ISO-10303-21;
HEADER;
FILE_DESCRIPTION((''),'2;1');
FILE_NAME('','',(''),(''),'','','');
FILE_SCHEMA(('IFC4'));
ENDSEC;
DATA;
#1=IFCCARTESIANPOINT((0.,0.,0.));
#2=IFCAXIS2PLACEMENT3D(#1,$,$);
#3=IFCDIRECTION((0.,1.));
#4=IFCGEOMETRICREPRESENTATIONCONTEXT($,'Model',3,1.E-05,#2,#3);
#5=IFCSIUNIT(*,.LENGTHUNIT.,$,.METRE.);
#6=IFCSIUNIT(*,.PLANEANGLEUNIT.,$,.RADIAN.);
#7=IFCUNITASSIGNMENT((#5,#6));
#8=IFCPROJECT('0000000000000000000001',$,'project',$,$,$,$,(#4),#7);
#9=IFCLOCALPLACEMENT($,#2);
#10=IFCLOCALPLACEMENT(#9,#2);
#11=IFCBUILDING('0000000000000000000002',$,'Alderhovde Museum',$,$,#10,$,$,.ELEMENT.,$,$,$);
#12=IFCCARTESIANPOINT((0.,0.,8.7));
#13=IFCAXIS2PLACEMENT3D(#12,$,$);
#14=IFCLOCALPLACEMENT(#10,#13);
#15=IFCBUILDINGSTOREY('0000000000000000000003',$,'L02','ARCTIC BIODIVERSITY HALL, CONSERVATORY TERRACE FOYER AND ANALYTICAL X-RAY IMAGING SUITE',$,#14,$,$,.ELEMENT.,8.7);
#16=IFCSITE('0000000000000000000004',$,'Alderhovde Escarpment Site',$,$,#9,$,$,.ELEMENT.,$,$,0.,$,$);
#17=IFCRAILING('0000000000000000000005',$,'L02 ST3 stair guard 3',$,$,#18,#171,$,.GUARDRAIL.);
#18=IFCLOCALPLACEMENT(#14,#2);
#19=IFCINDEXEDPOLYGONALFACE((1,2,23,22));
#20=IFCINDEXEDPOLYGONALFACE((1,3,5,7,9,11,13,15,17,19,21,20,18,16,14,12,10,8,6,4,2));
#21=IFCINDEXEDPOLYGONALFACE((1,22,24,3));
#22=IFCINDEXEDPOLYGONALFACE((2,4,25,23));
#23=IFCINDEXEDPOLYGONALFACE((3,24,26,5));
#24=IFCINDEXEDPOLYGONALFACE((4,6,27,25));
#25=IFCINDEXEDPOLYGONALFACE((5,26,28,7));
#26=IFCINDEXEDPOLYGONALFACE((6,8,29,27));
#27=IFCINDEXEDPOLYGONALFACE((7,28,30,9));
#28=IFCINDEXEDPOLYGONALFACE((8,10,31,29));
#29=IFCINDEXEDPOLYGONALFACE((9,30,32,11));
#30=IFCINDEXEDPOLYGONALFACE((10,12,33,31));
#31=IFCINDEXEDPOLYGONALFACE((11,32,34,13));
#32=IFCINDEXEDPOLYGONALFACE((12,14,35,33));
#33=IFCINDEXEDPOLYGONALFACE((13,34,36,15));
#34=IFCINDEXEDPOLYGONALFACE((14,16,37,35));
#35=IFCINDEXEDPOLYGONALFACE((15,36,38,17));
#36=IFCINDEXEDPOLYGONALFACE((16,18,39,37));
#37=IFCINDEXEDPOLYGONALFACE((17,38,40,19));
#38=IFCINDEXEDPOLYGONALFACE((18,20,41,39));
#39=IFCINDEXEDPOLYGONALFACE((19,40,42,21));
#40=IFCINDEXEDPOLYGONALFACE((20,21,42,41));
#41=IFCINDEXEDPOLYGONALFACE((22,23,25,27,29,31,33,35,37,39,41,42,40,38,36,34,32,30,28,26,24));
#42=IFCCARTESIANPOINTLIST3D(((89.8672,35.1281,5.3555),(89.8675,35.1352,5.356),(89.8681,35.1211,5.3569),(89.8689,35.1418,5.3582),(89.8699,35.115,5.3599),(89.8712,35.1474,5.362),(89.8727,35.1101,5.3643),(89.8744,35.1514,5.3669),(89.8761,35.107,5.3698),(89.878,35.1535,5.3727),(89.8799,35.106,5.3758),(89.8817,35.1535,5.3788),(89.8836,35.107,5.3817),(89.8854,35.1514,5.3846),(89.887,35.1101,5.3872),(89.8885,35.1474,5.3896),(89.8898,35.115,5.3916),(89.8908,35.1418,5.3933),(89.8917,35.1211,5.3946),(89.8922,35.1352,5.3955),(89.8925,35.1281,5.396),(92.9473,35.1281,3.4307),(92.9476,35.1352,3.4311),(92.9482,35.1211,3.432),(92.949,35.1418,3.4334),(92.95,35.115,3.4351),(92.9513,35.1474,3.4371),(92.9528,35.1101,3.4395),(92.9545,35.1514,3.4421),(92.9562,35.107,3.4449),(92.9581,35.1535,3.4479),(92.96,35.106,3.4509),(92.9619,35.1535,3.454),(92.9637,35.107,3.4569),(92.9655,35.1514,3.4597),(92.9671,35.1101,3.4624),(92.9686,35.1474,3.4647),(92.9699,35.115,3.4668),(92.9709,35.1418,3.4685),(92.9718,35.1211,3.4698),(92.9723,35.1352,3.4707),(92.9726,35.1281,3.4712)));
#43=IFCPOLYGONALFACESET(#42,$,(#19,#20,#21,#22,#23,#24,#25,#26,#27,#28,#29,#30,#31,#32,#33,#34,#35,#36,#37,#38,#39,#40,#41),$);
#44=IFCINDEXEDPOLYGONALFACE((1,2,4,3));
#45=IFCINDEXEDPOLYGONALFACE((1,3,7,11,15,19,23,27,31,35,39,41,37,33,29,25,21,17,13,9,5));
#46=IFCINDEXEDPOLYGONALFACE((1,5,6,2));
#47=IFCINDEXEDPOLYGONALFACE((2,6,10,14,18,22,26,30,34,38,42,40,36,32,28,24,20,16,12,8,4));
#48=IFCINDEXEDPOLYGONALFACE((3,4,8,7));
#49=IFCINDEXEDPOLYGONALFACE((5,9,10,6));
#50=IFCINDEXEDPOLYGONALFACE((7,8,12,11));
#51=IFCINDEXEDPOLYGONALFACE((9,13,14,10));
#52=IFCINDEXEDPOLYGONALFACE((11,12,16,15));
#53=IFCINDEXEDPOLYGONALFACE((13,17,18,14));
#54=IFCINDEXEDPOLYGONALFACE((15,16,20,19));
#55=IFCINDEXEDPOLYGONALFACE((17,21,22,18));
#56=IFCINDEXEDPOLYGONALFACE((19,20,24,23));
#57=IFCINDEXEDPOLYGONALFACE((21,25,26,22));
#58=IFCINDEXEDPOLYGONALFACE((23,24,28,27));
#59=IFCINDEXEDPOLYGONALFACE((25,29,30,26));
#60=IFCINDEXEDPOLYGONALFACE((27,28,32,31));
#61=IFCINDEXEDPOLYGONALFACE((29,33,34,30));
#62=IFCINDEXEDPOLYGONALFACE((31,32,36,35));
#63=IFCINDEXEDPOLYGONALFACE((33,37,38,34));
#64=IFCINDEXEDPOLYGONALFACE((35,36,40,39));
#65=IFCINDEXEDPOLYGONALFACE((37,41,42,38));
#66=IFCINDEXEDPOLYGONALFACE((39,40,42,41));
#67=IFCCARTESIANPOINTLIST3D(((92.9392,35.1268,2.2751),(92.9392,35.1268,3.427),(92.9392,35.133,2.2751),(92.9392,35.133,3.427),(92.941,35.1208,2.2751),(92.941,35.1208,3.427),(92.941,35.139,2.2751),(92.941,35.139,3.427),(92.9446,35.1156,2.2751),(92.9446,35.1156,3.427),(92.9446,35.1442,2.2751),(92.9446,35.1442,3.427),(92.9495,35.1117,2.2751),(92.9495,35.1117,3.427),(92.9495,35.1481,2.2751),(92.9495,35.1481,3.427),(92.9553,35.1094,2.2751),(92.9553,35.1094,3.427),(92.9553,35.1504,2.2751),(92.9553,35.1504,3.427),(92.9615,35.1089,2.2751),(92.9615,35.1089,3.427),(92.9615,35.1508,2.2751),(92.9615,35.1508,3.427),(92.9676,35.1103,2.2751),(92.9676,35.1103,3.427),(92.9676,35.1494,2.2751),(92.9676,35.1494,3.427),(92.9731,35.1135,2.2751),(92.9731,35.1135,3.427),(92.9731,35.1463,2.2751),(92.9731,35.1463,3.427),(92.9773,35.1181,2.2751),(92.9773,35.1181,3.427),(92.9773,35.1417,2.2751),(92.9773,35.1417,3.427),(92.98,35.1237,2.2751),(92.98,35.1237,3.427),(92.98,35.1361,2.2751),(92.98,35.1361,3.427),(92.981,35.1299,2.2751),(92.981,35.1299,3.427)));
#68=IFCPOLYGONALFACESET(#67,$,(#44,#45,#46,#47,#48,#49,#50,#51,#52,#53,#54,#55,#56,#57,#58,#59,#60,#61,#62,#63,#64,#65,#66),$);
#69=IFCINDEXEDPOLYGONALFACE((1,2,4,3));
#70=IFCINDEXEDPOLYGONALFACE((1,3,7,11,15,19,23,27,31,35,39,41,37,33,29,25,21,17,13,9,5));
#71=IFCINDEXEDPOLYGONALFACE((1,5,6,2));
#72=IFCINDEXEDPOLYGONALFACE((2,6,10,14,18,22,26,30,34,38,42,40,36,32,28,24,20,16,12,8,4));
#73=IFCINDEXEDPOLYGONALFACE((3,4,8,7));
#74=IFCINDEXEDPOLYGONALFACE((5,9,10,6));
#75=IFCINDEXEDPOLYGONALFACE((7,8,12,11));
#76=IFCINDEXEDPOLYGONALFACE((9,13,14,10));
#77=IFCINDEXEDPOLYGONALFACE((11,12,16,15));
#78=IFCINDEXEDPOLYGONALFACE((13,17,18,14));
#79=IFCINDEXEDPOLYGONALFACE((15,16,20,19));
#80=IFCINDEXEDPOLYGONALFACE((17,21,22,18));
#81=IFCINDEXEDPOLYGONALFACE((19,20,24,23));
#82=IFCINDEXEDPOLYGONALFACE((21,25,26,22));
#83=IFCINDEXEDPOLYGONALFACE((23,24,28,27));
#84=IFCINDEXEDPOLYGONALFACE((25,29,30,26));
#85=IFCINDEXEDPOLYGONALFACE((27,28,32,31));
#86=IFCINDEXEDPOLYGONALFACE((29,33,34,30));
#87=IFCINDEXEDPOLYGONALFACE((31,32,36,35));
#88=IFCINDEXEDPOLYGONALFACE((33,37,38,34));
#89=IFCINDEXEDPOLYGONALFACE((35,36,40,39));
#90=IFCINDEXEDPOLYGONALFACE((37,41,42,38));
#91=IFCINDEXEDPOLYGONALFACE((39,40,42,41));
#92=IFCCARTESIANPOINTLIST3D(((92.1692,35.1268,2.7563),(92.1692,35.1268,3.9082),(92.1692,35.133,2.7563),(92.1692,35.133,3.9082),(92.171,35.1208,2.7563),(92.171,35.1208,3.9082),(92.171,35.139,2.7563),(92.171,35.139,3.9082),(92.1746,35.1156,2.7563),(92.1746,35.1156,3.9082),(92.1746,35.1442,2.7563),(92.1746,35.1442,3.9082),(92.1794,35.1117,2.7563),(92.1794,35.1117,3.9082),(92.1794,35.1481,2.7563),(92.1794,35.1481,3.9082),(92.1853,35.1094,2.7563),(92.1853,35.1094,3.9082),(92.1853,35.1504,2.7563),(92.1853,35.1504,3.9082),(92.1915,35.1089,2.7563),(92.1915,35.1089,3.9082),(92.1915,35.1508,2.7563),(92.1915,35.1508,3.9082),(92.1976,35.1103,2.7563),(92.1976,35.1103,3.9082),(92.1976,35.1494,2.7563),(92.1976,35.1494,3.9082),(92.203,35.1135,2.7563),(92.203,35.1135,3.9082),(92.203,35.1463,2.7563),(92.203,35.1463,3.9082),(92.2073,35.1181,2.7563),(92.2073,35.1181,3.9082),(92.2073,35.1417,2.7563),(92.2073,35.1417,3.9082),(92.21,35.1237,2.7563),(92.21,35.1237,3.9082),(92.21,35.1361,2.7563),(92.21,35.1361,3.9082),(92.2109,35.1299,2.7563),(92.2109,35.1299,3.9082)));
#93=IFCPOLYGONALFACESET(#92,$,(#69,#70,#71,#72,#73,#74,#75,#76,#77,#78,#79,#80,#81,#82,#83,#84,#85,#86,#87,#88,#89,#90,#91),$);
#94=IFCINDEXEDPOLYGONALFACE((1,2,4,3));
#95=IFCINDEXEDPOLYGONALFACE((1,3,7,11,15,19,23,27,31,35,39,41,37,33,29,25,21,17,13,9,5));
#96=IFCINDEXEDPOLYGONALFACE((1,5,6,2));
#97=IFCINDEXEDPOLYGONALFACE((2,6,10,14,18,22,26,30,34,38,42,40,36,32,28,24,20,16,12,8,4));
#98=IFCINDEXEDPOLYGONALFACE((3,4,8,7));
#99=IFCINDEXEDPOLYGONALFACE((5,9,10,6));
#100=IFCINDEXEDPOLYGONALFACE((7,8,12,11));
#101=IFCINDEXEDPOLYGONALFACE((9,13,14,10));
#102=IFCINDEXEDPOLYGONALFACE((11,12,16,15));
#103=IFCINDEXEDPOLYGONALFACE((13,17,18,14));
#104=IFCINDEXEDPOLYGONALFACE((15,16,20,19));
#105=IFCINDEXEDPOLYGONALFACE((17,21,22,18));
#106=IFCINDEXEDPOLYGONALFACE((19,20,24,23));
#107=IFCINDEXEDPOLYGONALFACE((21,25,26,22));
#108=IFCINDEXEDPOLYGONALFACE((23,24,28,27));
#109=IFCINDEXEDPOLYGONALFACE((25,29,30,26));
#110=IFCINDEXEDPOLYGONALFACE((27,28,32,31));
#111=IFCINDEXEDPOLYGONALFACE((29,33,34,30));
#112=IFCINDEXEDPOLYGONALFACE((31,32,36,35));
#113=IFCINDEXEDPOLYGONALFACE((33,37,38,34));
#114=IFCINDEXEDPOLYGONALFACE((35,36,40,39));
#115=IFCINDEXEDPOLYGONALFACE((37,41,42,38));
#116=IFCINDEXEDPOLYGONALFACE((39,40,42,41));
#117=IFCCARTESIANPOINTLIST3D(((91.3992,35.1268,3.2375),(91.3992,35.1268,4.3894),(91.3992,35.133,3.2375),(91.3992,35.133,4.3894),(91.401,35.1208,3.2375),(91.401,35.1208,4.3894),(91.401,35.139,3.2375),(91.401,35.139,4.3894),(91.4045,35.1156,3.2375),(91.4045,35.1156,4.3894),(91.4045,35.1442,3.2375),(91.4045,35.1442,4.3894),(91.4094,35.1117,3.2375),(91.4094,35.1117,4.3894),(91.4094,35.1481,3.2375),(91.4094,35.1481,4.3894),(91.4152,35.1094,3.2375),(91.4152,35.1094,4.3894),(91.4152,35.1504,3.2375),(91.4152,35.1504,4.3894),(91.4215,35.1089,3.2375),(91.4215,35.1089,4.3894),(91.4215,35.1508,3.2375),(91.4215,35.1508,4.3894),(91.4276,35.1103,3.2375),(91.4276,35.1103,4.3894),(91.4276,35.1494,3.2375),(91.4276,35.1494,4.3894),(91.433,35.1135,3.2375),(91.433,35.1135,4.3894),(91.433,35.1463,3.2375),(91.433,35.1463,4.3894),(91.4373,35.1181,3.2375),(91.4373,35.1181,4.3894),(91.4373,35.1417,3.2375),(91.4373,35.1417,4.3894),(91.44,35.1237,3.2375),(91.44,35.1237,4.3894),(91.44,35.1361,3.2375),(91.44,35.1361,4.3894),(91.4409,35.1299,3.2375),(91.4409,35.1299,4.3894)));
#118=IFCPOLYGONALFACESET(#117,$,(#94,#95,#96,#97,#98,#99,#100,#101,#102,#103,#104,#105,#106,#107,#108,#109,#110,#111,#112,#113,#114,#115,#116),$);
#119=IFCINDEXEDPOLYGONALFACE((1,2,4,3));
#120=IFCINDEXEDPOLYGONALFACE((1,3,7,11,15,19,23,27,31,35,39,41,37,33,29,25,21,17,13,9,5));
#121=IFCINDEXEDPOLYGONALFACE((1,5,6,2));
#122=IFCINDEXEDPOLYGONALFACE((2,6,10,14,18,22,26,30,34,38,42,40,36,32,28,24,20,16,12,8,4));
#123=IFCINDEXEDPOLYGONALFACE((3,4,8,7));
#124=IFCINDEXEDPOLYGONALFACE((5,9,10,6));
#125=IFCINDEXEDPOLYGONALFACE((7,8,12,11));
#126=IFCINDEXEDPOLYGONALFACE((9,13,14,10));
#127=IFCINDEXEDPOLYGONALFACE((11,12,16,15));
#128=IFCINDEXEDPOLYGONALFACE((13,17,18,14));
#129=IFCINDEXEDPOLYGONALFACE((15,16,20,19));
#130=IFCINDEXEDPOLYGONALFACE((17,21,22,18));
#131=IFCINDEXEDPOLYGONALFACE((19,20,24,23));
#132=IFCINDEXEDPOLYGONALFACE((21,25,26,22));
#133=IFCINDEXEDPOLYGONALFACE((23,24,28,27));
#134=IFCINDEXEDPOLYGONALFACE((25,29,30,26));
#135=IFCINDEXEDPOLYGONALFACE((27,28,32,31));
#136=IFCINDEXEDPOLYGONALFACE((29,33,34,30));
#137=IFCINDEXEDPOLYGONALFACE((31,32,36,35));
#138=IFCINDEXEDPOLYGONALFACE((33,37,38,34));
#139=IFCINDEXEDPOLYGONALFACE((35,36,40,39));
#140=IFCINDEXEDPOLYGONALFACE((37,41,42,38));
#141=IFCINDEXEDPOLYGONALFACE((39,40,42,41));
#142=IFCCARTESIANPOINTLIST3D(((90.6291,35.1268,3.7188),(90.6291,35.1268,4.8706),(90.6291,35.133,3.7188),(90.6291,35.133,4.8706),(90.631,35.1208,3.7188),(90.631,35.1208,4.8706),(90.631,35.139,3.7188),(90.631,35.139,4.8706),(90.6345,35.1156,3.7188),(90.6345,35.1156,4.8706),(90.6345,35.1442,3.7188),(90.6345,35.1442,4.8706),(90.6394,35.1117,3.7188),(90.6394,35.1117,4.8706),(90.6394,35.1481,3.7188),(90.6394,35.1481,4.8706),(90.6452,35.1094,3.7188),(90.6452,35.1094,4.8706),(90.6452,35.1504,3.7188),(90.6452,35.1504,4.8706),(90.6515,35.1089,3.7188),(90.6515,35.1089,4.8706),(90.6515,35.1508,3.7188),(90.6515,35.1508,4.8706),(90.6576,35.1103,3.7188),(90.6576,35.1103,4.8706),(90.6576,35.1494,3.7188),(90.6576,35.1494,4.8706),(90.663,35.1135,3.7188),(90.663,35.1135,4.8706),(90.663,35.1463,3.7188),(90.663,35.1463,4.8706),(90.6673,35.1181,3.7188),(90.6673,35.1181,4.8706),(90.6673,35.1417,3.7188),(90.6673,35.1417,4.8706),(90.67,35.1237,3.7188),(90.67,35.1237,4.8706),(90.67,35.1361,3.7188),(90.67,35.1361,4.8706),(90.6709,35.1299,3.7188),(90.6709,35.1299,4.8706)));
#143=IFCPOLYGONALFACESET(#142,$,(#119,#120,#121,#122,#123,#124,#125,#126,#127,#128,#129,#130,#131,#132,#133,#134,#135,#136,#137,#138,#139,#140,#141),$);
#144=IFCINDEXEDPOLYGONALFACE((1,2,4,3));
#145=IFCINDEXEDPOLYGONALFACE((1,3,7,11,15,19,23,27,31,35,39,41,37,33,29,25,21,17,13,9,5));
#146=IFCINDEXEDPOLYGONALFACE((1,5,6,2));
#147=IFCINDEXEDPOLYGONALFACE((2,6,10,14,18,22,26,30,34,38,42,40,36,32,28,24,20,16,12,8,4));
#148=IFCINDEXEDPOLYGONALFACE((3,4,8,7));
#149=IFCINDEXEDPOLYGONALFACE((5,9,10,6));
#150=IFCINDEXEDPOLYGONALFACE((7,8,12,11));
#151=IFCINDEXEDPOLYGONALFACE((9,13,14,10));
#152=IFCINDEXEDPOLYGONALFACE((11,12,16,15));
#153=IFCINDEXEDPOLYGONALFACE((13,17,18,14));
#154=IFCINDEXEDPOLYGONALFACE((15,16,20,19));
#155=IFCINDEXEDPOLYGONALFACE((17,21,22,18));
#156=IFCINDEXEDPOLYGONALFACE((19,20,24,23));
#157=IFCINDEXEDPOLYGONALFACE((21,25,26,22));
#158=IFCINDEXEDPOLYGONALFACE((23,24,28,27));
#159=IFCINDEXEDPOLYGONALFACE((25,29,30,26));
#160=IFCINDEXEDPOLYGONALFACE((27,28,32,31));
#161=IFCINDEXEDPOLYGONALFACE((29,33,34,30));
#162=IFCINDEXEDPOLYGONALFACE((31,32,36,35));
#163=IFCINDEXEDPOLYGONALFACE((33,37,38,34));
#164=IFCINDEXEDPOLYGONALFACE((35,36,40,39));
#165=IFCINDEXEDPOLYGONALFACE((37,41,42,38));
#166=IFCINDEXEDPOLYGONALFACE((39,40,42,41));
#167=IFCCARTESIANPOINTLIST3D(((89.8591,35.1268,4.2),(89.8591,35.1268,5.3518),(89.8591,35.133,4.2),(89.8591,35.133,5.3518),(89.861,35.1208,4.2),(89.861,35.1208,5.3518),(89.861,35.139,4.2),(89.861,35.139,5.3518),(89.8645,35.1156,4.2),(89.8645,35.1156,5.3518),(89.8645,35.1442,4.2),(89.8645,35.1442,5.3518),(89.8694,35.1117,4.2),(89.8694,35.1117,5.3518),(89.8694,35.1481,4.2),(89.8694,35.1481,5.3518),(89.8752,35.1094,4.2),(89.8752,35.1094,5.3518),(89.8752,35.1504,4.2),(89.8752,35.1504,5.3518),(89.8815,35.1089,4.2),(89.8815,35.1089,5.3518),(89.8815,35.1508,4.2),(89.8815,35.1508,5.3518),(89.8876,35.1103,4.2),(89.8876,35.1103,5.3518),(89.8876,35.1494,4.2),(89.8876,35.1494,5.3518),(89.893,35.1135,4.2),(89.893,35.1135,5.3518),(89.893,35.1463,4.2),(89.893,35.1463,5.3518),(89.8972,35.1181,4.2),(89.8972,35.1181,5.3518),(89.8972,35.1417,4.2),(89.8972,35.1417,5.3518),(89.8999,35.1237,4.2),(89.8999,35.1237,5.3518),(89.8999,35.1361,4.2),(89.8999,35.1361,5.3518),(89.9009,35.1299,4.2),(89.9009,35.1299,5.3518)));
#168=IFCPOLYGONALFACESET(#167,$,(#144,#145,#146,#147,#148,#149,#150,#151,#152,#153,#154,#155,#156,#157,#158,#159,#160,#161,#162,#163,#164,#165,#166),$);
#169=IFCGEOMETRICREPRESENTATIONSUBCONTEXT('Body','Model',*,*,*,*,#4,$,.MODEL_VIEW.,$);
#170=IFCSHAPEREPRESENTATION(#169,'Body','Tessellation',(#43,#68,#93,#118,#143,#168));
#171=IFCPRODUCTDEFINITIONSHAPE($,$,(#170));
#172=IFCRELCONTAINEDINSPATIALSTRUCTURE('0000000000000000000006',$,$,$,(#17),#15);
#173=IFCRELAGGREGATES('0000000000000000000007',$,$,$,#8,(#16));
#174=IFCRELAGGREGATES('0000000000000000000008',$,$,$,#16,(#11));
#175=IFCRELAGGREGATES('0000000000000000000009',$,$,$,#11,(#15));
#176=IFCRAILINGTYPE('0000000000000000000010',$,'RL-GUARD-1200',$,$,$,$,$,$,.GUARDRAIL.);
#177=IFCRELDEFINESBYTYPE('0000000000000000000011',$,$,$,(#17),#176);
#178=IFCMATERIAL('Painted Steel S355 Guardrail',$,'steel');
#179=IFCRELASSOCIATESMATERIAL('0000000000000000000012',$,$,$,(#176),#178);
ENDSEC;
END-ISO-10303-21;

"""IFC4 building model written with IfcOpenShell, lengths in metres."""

from ifc_helpers import new_model, si_unit, direction, frame, origin, origin_2d, place, context, subcontext, project, spatial, circle, extrude, material, type_object, element, save


model = new_model("IFC4")

# Units and contexts
model_context = context("Model", 3, precision=1e-05, world=origin(), true_north=direction((0.0, 1.0)))
body_context = subcontext(model_context, "Body", "Model", "MODEL_VIEW")
ifc_project = project(units=[si_unit("LENGTHUNIT", "METRE"), si_unit("PLANEANGLEUNIT", "RADIAN")], contexts=[model_context])

# Site, building, storey
site_placement = place(None, origin())
site = spatial("IfcSite", under=ifc_project, at=site_placement, Name="Alderhovde Escarpment Site", CompositionType="ELEMENT", RefElevation=0.0)
building_placement = place(site_placement, origin())
building = spatial("IfcBuilding", under=site, at=building_placement, Name="Alderhovde Museum", CompositionType="ELEMENT")
storey_placement = place(building_placement, frame((0.0, 0.0, 8.7)))
storey = spatial("IfcBuildingStorey", under=building, at=storey_placement, Name="L02", Description="ARCTIC BIODIVERSITY HALL, CONSERVATORY TERRACE FOYER AND ANALYTICAL X-RAY IMAGING SUITE", CompositionType="ELEMENT", Elevation=8.7)

# Railing
ifc_material_1 = material(Name="Painted Steel S355 Guardrail", Category="steel")
railing_type_1 = type_object("IfcRailingType", Name="RL-GUARD-1200", PredefinedType="GUARDRAIL", material=ifc_material_1)
railing_1_placement = place(storey_placement, frame((92.96, 35.1299, 2.2751)))
element("IfcRailing", 1, at=railing_1_placement, inside=storey, type_object=railing_type_1, Name="L02 ST3 stair guard 3", PredefinedType="GUARDRAIL", context=body_context, shape_type="SweptSolid", body=[
    extrude(circle(Radius=0.0239, at=origin_2d()), frame((0.0, 0.0, 1.1758), z_axis=(-0.848029, 0.0, 0.529951), x_axis=(0.0, -1.0, 0.0)), (0.0, 0.0, 1.0), 3.6321),
    extrude(circle(Radius=0.021, at=origin_2d()), origin(), (0.0, 0.0, 1.0), 1.1519),
    extrude(circle(Radius=0.021, at=origin_2d()), frame((-0.77, 0.0, 0.4812)), (0.0, 0.0, 1.0), 1.1519),
    extrude(circle(Radius=0.021, at=origin_2d()), frame((-1.54, 0.0, 0.9624)), (0.0, 0.0, 1.0), 1.1519),
    extrude(circle(Radius=0.021, at=origin_2d()), frame((-2.3101, 0.0, 1.4436)), (0.0, 0.0, 1.0), 1.1519),
    extrude(circle(Radius=0.021, at=origin_2d()), frame((-3.0801, 0.0, 1.9248)), (0.0, 0.0, 1.0), 1.1519),
])

save(model, "model.ifc")
